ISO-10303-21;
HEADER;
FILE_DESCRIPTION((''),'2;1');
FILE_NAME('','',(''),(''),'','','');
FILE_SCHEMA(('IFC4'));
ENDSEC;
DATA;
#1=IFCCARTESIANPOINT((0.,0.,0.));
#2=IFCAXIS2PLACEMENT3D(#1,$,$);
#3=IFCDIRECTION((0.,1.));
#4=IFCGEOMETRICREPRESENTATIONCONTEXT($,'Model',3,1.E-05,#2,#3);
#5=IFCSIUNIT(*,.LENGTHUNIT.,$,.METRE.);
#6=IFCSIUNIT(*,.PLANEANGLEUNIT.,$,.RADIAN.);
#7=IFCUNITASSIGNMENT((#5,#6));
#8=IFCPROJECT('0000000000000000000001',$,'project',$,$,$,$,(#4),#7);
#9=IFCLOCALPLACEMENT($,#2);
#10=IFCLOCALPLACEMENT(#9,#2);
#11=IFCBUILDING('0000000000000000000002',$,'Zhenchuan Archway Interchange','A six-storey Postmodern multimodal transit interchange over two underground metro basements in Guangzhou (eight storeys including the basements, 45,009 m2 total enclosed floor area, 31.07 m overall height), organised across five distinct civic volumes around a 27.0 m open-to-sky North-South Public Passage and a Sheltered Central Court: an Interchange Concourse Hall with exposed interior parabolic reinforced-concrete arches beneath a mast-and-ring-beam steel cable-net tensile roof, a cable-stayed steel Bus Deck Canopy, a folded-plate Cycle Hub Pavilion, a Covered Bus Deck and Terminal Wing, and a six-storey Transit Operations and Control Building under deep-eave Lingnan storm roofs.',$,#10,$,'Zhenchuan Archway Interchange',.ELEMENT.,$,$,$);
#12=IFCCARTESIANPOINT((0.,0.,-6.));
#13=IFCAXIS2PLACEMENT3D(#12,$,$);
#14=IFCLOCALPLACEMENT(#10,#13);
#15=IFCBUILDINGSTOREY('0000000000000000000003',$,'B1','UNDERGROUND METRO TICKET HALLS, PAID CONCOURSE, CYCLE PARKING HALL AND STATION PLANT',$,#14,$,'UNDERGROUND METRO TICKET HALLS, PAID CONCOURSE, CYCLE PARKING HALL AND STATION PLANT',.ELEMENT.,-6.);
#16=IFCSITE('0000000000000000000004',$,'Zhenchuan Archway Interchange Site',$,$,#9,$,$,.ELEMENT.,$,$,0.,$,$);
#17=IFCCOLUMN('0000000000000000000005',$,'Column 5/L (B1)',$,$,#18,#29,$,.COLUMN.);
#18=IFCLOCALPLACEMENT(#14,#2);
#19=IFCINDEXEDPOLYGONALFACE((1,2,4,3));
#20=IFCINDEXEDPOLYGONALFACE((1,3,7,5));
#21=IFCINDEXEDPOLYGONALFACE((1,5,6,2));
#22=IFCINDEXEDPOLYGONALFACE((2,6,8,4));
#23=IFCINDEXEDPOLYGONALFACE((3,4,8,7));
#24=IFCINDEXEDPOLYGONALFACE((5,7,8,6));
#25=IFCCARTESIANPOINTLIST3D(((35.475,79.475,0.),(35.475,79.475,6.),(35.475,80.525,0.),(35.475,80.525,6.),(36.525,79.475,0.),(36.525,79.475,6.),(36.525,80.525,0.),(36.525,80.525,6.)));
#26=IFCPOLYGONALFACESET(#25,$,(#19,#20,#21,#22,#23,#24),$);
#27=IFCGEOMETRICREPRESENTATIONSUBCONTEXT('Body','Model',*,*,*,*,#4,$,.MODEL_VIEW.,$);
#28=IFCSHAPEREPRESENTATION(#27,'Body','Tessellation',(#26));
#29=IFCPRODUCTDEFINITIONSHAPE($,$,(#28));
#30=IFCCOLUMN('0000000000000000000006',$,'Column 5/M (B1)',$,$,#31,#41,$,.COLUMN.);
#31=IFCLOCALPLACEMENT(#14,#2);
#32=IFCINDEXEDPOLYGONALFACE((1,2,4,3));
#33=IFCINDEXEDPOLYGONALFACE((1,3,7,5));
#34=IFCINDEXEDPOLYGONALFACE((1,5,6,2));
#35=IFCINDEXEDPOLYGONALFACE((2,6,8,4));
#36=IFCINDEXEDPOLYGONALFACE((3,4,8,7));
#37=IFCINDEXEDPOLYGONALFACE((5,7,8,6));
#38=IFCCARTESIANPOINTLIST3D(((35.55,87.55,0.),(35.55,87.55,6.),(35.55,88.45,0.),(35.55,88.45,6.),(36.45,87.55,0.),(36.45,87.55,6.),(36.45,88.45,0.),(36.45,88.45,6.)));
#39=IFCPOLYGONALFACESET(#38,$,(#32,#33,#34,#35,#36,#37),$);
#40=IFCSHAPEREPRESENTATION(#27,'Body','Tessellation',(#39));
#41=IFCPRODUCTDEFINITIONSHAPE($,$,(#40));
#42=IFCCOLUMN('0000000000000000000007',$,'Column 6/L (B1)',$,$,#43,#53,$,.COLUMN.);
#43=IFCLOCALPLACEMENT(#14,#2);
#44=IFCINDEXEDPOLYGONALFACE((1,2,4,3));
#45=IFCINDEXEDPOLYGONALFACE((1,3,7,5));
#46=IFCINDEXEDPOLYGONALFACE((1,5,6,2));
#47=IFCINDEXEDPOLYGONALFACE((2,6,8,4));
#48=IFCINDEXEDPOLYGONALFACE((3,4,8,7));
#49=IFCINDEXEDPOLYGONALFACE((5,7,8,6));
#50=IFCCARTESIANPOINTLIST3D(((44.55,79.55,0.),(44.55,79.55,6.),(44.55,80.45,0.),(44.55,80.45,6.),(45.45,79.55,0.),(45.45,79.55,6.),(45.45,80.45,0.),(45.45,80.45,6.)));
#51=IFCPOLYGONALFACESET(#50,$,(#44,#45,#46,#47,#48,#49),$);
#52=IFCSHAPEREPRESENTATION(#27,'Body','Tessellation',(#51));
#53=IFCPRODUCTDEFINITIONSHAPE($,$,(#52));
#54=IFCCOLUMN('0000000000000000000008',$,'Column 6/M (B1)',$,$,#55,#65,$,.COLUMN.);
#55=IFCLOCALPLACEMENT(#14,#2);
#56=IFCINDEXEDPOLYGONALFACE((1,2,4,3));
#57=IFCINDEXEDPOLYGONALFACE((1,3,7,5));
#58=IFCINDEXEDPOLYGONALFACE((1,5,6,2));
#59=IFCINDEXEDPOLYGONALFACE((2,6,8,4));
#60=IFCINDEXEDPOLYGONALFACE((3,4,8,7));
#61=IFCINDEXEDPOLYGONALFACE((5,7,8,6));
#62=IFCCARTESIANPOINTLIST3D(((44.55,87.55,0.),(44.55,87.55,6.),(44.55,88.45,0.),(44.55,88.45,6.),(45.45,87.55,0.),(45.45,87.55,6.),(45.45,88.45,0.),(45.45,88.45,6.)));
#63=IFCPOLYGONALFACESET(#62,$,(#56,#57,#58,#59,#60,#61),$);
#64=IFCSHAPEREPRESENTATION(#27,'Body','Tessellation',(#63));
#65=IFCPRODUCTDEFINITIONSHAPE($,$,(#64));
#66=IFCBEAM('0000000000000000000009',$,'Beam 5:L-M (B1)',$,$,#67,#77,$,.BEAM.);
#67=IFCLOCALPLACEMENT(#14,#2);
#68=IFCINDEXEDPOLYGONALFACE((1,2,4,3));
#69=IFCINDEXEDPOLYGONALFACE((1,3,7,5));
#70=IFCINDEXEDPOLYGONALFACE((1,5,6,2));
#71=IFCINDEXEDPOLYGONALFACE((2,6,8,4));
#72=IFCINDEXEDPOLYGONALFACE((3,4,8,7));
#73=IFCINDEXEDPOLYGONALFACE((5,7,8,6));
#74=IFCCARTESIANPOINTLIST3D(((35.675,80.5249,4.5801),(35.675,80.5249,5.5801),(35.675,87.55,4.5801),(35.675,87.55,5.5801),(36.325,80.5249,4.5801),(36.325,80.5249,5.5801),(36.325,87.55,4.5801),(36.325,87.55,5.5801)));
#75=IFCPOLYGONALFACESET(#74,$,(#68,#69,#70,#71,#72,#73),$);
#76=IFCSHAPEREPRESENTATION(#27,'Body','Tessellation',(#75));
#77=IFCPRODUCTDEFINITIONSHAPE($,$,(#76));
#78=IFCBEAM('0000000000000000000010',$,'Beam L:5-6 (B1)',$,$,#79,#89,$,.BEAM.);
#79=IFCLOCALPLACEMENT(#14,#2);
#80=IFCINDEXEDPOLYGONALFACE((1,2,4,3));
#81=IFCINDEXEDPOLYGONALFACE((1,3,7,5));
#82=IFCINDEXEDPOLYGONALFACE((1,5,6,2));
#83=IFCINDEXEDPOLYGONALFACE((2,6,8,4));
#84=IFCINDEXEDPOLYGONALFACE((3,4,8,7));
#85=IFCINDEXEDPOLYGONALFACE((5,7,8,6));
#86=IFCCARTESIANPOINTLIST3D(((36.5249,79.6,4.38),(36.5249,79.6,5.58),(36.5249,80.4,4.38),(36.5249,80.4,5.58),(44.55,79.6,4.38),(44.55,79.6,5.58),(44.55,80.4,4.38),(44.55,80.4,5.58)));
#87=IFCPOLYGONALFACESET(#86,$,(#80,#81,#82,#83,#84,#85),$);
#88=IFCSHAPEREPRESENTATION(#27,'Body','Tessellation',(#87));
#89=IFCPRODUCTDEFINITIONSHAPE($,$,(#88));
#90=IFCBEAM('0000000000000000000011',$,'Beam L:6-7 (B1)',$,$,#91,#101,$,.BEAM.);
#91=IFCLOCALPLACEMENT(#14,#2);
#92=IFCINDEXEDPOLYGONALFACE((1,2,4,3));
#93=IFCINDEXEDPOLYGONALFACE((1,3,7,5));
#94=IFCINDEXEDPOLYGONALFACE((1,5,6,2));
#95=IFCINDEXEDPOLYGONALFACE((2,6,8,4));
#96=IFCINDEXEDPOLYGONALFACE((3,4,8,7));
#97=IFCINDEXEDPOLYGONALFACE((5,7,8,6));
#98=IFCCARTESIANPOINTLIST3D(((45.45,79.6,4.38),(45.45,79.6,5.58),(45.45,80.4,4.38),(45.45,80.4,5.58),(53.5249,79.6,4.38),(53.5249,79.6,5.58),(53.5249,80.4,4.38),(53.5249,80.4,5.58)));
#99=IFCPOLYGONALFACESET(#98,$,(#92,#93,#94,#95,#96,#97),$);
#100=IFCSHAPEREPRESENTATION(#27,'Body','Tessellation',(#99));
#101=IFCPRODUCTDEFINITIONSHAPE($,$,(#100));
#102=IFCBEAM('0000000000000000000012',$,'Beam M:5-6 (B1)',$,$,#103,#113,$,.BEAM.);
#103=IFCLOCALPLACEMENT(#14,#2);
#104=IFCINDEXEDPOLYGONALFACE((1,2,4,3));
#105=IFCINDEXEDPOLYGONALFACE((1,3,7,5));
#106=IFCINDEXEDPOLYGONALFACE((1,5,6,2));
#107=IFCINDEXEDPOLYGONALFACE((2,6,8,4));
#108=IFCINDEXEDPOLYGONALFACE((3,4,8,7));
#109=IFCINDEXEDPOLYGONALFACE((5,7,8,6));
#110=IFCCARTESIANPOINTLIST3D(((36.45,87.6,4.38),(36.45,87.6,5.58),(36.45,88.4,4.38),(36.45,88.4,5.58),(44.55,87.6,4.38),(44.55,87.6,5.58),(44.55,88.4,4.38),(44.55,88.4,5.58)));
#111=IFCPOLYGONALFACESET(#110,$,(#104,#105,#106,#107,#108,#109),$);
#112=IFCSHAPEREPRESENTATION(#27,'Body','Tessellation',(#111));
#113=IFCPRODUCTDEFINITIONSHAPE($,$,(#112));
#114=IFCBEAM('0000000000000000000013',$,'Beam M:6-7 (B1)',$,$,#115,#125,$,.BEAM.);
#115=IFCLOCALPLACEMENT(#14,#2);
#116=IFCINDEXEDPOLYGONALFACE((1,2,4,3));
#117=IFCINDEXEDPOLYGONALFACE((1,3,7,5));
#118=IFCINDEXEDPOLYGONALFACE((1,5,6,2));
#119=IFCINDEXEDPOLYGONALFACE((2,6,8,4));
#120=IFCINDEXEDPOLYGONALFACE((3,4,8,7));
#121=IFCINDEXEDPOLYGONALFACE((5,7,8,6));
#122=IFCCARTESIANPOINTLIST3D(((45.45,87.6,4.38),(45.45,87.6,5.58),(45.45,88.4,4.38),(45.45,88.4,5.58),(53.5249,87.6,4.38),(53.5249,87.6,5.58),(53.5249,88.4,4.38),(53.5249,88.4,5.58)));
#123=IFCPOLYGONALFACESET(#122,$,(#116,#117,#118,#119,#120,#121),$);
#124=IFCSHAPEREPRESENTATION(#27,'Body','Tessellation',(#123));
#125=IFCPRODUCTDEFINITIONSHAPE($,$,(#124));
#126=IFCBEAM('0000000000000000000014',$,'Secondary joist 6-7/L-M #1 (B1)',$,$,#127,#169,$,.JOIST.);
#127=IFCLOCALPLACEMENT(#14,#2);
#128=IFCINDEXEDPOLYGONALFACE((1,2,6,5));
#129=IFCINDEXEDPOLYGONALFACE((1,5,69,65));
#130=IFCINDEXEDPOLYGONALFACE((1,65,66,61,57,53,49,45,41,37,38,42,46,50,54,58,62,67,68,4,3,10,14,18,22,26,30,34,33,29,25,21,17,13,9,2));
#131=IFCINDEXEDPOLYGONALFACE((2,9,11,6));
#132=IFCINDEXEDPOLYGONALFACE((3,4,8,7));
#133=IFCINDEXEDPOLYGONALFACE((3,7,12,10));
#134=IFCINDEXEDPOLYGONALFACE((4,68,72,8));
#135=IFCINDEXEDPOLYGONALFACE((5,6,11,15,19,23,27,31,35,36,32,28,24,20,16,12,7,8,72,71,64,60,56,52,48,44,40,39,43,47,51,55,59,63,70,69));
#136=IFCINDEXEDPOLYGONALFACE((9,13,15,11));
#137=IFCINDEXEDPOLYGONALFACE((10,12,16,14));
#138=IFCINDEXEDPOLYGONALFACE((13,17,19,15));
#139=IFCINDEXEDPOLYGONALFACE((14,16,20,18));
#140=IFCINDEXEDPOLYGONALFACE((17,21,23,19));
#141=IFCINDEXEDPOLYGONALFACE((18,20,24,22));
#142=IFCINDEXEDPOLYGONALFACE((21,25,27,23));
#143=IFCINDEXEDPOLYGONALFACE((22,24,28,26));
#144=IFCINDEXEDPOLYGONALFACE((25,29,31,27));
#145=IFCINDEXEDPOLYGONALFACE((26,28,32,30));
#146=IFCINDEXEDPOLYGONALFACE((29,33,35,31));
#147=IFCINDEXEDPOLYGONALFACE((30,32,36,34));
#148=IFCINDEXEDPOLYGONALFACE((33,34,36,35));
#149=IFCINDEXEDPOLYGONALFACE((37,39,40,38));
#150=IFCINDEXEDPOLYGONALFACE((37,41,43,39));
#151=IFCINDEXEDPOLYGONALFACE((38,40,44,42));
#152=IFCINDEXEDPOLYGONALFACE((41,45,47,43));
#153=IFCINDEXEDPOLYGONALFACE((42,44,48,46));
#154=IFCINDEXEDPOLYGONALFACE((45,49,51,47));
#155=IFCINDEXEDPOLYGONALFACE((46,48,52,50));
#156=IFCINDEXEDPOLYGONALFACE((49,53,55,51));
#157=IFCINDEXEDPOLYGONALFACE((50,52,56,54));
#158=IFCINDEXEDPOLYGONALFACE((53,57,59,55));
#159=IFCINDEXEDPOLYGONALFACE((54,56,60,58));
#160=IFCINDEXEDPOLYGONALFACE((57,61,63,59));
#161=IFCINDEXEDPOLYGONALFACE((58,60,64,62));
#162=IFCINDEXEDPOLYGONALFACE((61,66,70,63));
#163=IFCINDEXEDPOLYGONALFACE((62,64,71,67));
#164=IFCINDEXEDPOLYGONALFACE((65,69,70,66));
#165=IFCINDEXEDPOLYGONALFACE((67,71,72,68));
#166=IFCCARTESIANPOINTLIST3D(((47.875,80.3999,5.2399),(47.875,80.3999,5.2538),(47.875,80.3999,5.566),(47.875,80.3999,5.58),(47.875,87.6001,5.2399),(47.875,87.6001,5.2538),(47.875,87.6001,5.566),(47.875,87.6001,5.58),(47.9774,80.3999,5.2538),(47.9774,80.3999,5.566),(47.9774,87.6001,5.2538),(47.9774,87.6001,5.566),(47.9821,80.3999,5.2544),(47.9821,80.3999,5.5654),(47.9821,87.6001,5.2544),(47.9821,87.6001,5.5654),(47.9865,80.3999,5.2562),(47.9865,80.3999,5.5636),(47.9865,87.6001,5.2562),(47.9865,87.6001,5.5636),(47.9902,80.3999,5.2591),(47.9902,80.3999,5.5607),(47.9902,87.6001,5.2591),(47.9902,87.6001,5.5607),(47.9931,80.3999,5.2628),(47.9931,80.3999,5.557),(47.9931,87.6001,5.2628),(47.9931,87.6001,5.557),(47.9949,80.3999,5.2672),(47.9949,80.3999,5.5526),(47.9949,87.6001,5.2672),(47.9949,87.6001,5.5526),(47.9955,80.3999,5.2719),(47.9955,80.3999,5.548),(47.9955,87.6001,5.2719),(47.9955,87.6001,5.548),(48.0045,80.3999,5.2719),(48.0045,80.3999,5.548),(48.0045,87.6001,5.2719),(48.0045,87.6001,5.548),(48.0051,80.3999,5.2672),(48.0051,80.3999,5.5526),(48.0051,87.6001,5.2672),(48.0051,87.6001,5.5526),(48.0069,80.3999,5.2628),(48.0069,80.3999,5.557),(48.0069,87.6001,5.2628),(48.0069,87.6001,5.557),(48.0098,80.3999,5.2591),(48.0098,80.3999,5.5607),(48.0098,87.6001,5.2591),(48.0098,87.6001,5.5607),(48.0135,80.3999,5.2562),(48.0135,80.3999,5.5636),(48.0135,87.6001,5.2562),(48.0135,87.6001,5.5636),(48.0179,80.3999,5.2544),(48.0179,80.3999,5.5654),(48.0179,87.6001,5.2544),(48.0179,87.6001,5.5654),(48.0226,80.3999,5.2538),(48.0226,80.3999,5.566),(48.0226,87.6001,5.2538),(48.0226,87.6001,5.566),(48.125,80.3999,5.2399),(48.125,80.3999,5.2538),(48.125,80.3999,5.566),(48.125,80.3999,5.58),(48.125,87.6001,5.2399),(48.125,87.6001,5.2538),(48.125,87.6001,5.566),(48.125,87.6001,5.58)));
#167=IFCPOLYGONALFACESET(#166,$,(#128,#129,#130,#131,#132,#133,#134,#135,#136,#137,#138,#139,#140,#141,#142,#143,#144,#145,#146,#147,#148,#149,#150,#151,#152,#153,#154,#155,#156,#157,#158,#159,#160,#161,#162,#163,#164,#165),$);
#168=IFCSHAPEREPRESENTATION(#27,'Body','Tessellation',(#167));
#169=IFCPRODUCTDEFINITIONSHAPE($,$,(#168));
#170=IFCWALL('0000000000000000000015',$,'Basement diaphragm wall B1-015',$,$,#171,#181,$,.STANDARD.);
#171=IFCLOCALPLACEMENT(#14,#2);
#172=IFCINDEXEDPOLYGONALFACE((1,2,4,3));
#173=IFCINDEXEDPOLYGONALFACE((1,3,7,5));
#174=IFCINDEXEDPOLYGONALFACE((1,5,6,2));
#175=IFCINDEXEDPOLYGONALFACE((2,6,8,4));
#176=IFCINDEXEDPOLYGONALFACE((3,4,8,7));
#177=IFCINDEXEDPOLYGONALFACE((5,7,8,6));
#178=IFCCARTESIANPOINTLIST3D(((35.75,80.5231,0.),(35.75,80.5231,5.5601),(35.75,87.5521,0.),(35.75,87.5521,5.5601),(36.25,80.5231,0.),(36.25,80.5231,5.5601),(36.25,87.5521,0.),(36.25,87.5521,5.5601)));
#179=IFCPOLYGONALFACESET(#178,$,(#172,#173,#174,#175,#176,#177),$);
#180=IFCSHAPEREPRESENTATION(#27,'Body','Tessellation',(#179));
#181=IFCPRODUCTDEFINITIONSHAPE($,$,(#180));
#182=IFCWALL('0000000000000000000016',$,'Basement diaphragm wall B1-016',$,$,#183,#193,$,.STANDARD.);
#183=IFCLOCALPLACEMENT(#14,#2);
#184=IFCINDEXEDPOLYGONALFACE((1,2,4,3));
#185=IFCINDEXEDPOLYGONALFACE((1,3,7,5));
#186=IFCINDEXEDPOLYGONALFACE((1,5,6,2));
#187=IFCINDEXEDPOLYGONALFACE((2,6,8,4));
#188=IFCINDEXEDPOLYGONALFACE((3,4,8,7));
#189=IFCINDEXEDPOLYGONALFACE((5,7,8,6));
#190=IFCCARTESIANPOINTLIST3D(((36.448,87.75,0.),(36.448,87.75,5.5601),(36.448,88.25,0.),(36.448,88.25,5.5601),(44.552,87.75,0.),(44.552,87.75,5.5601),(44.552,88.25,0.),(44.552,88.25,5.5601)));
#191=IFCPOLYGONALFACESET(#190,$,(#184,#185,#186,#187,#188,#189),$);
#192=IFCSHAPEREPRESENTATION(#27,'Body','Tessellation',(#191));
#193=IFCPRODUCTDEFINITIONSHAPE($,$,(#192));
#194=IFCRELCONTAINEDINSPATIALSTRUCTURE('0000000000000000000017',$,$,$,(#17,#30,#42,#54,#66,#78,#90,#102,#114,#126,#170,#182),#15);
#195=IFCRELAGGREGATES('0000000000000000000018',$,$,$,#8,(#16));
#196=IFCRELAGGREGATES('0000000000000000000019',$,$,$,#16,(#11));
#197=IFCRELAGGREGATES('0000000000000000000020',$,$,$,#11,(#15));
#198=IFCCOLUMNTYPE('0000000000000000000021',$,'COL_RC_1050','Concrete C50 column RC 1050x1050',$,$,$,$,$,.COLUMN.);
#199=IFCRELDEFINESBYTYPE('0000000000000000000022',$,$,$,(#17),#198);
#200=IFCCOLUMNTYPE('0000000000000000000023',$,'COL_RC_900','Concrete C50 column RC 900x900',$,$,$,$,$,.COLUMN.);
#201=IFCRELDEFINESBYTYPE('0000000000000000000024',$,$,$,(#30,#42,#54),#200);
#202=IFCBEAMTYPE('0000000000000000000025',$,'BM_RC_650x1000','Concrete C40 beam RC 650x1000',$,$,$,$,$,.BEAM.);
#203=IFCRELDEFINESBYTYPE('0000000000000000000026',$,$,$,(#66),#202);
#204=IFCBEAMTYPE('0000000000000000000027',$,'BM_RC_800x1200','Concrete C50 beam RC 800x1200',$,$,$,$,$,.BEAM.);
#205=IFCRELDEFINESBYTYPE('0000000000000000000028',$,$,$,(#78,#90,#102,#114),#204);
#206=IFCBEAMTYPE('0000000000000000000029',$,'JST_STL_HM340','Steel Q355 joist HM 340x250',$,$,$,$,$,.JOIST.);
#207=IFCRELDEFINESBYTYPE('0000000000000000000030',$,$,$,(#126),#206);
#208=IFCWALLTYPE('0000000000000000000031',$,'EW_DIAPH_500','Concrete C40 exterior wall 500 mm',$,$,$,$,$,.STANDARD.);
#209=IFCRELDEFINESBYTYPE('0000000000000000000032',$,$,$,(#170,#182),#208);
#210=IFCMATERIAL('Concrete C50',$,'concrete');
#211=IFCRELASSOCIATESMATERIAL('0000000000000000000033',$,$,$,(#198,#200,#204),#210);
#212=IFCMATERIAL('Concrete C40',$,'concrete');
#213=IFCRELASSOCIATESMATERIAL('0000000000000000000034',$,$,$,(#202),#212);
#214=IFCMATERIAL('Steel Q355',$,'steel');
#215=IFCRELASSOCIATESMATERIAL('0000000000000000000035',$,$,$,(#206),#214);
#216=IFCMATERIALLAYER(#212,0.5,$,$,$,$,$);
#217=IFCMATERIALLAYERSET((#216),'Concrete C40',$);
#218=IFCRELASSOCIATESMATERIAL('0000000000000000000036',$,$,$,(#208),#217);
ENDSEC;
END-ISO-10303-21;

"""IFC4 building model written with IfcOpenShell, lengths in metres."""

from ifc_helpers import new_model, si_unit, direction, frame, frame_2d, origin, origin_2d, place, context, subcontext, project, spatial, rectangle, i_section, extrude, material, layer, layer_set, material_profile, profile_set, type_object, element, save


model = new_model("IFC4")

# Units and contexts
model_context = context("Model", 3, precision=1e-05, world=origin(), true_north=direction((0.0, 1.0)))
body_context = subcontext(model_context, "Body", "Model", "MODEL_VIEW")
ifc_project = project(units=[si_unit("LENGTHUNIT", "METRE"), si_unit("PLANEANGLEUNIT", "RADIAN")], contexts=[model_context])

# Site, building, storey
site_placement = place(None, origin())
site = spatial("IfcSite", under=ifc_project, at=site_placement, Name="Zhenchuan Archway Interchange Site", CompositionType="ELEMENT", RefElevation=0.0)
building_placement = place(site_placement, origin())
building = spatial("IfcBuilding", under=site, at=building_placement, Name="Zhenchuan Archway Interchange", Description="A six-storey Postmodern multimodal transit interchange over two underground metro basements in Guangzhou (eight storeys including the basements, 45,009 m2 total enclosed floor area, 31.07 m overall height), organised across five distinct civic volumes around a 27.0 m open-to-sky North-South Public Passage and a Sheltered Central Court: an Interchange Concourse Hall with exposed interior parabolic reinforced-concrete arches beneath a mast-and-ring-beam steel cable-net tensile roof, a cable-stayed steel Bus Deck Canopy, a folded-plate Cycle Hub Pavilion, a Covered Bus Deck and Terminal Wing, and a six-storey Transit Operations and Control Building under deep-eave Lingnan storm roofs.", LongName="Zhenchuan Archway Interchange", CompositionType="ELEMENT")
storey_placement = place(building_placement, frame((0.0, 0.0, -6.0)))
storey = spatial("IfcBuildingStorey", under=building, at=storey_placement, Name="B1", Description="UNDERGROUND METRO TICKET HALLS, PAID CONCOURSE, CYCLE PARKING HALL AND STATION PLANT", LongName="UNDERGROUND METRO TICKET HALLS, PAID CONCOURSE, CYCLE PARKING HALL AND STATION PLANT", CompositionType="ELEMENT", Elevation=-6.0)

# Columns
ifc_material_1 = material(Name="Concrete C50", Category="concrete")
ifc_material_profile_1 = material_profile(ifc_material_1, rectangle(XDim=1.05, YDim=1.05, at=origin_2d()), Name="RC 1050x1050")
ifc_profile_set_1 = profile_set([ifc_material_profile_1], Name="Concrete C50")
column_type_1 = type_object("IfcColumnType", Name="COL_RC_1050", Description="Concrete C50 column RC 1050x1050", PredefinedType="COLUMN", material=ifc_profile_set_1)
column_placement = place(storey_placement, frame((36.0, 80.0, 0.0), z_axis=(0.0, 0.0, 1.0), x_axis=(1.0, 0.0, 0.0)))
element("IfcColumn", 1, at=column_placement, inside=storey, type_object=column_type_1, Name="Column 5/L (B1)", PredefinedType="COLUMN", context=body_context, shape_type="SweptSolid", body=[
    extrude(rectangle(XDim=1.05, YDim=1.05, at=origin_2d()), origin(), (0.0, 0.0, 1.0), 6.0),
])
ifc_material_profile_2 = material_profile(ifc_material_1, rectangle(XDim=0.8999, YDim=0.8999, at=origin_2d()), Name="RC 900x900")
ifc_profile_set_2 = profile_set([ifc_material_profile_2], Name="Concrete C50")
column_type_2 = type_object("IfcColumnType", Name="COL_RC_900", Description="Concrete C50 column RC 900x900", PredefinedType="COLUMN", material=ifc_profile_set_2)
for number, where, z_axis, x_axis, name in (
    (2, (36.0, 88.0, 0.0), (0.0, 0.0, 1.0), (1.0, 0.0, 0.0), "Column 5/M (B1)"),
    (3, (45.0, 80.0, 0.0), (0.0, 0.0, 1.0), (1.0, 0.0, 0.0), "Column 6/L (B1)"),
    (4, (45.0, 88.0, 0.0), (0.0, 0.0, 1.0), (1.0, 0.0, 0.0), "Column 6/M (B1)"),
):
    element("IfcColumn", number, at=place(storey_placement, frame(where, z_axis=z_axis, x_axis=x_axis)), inside=storey, type_object=column_type_2, Name=name, PredefinedType="COLUMN", context=body_context, shape_type="SweptSolid", body=[
        extrude(rectangle(XDim=0.8999, YDim=0.8999, at=origin_2d()), origin(), (0.0, 0.0, 1.0), 6.0),
    ])

# Beams
ifc_material_2 = material(Name="Concrete C40", Category="concrete")
ifc_material_profile_3 = material_profile(ifc_material_2, rectangle(XDim=0.6499, YDim=1.0, at=origin_2d()), Name="RC 650x1000")
ifc_profile_set_3 = profile_set([ifc_material_profile_3], Name="Concrete C40")
beam_type_1 = type_object("IfcBeamType", Name="BM_RC_650x1000", Description="Concrete C40 beam RC 650x1000", PredefinedType="BEAM", material=ifc_profile_set_3)
beam_1_placement = place(storey_placement, frame((36.0, 80.5249, 5.0801), z_axis=(0.0, 1.0, 0.0), x_axis=(-1.0, 0.0, 0.0)))
element("IfcBeam", 5, at=beam_1_placement, inside=storey, type_object=beam_type_1, Name="Beam 5:L-M (B1)", PredefinedType="BEAM", context=body_context, shape_type="SweptSolid", body=[
    extrude(rectangle(XDim=0.6499, YDim=1.0, at=origin_2d()), origin(), (0.0, 0.0, 1.0), 7.0251),
])
ifc_material_profile_4 = material_profile(ifc_material_1, rectangle(XDim=0.8, YDim=1.2, at=origin_2d()), Name="RC 800x1200")
ifc_profile_set_4 = profile_set([ifc_material_profile_4], Name="Concrete C50")
beam_type_2 = type_object("IfcBeamType", Name="BM_RC_800x1200", Description="Concrete C50 beam RC 800x1200", PredefinedType="BEAM", material=ifc_profile_set_4)
beam_2_placement = place(storey_placement, frame((36.5249, 80.0, 4.98), z_axis=(1.0, 0.0, 0.0), x_axis=(0.0, 1.0, 0.0)))
element("IfcBeam", 6, at=beam_2_placement, inside=storey, type_object=beam_type_2, Name="Beam L:5-6 (B1)", PredefinedType="BEAM", context=body_context, shape_type="SweptSolid", body=[
    extrude(rectangle(XDim=0.8, YDim=1.2, at=origin_2d()), origin(), (0.0, 0.0, 1.0), 8.0251),
])
beam_3_placement = place(storey_placement, frame((45.45, 80.0, 4.98), z_axis=(1.0, 0.0, 0.0), x_axis=(0.0, 1.0, 0.0)))
element("IfcBeam", 7, at=beam_3_placement, inside=storey, type_object=beam_type_2, Name="Beam L:6-7 (B1)", PredefinedType="BEAM", context=body_context, shape_type="SweptSolid", body=[
    extrude(rectangle(XDim=0.8, YDim=1.2, at=origin_2d()), origin(), (0.0, 0.0, 1.0), 8.075),
])
beam_4_placement = place(storey_placement, frame((36.45, 88.0, 4.98), z_axis=(1.0, 0.0, 0.0), x_axis=(0.0, 1.0, 0.0)))
element("IfcBeam", 8, at=beam_4_placement, inside=storey, type_object=beam_type_2, Name="Beam M:5-6 (B1)", PredefinedType="BEAM", context=body_context, shape_type="SweptSolid", body=[
    extrude(rectangle(XDim=0.8, YDim=1.2, at=origin_2d()), origin(), (0.0, 0.0, 1.0), 8.1001),
])
beam_5_placement = place(storey_placement, frame((45.45, 88.0, 4.98), z_axis=(1.0, 0.0, 0.0), x_axis=(0.0, 1.0, 0.0)))
element("IfcBeam", 9, at=beam_5_placement, inside=storey, type_object=beam_type_2, Name="Beam M:6-7 (B1)", PredefinedType="BEAM", context=body_context, shape_type="SweptSolid", body=[
    extrude(rectangle(XDim=0.8, YDim=1.2, at=origin_2d()), origin(), (0.0, 0.0, 1.0), 8.075),
])
ifc_material_3 = material(Name="Steel Q355", Category="steel")
ifc_material_profile_5 = material_profile(ifc_material_3, i_section(OverallWidth=0.25, OverallDepth=0.3401, WebThickness=0.009, FlangeThickness=0.0139, FilletRadius=0.0181, at=origin_2d()), Name="HM 340x250")
ifc_profile_set_5 = profile_set([ifc_material_profile_5], Name="Steel Q355")
beam_type_3 = type_object("IfcBeamType", Name="JST_STL_HM340", Description="Steel Q355 joist HM 340x250", PredefinedType="JOIST", material=ifc_profile_set_5)
beam_6_placement = place(storey_placement, frame((48.0, 80.3999, 5.4099), z_axis=(0.0, 1.0, 0.0), x_axis=(-1.0, 0.0, 0.0)))
element("IfcBeam", 10, at=beam_6_placement, inside=storey, type_object=beam_type_3, Name="Secondary joist 6-7/L-M #1 (B1)", PredefinedType="JOIST", context=body_context, shape_type="SweptSolid", body=[
    extrude(i_section(OverallWidth=0.25, OverallDepth=0.3401, WebThickness=0.009, FlangeThickness=0.0139, FilletRadius=0.0181, at=origin_2d()), origin(), (0.0, 0.0, 1.0), 7.2002),
])

# Walls
ifc_layer_1 = layer(ifc_material_2, 0.5)
ifc_layer_set_1 = layer_set([ifc_layer_1], Name="Concrete C40")
wall_type_1 = type_object("IfcWallType", Name="EW_DIAPH_500", Description="Concrete C40 exterior wall 500 mm", PredefinedType="STANDARD", material=ifc_layer_set_1)
wall_1_placement = place(storey_placement, frame((36.0, 80.5229, 0.0), z_axis=(0.0, 0.0, 1.0), x_axis=(0.0, 1.0, 0.0)))
element("IfcWall", 11, at=wall_1_placement, inside=storey, type_object=wall_type_1, Name="Basement diaphragm wall B1-015", PredefinedType="STANDARD", context=body_context, shape_type="SweptSolid", body=[
    extrude(rectangle(XDim=7.0291, YDim=0.5, at=frame_2d((3.5146, 0.0))), origin(), (0.0, 0.0, 1.0), 5.5601),
])
wall_2_placement = place(storey_placement, frame((36.448, 88.0, 0.0), z_axis=(0.0, 0.0, 1.0), x_axis=(1.0, 0.0, 0.0)))
element("IfcWall", 12, at=wall_2_placement, inside=storey, type_object=wall_type_1, Name="Basement diaphragm wall B1-016", PredefinedType="STANDARD", context=body_context, shape_type="SweptSolid", body=[
    extrude(rectangle(XDim=8.104, YDim=0.5, at=frame_2d((4.052, 0.0))), origin(), (0.0, 0.0, 1.0), 5.5601),
])

save(model, "model.ifc")
